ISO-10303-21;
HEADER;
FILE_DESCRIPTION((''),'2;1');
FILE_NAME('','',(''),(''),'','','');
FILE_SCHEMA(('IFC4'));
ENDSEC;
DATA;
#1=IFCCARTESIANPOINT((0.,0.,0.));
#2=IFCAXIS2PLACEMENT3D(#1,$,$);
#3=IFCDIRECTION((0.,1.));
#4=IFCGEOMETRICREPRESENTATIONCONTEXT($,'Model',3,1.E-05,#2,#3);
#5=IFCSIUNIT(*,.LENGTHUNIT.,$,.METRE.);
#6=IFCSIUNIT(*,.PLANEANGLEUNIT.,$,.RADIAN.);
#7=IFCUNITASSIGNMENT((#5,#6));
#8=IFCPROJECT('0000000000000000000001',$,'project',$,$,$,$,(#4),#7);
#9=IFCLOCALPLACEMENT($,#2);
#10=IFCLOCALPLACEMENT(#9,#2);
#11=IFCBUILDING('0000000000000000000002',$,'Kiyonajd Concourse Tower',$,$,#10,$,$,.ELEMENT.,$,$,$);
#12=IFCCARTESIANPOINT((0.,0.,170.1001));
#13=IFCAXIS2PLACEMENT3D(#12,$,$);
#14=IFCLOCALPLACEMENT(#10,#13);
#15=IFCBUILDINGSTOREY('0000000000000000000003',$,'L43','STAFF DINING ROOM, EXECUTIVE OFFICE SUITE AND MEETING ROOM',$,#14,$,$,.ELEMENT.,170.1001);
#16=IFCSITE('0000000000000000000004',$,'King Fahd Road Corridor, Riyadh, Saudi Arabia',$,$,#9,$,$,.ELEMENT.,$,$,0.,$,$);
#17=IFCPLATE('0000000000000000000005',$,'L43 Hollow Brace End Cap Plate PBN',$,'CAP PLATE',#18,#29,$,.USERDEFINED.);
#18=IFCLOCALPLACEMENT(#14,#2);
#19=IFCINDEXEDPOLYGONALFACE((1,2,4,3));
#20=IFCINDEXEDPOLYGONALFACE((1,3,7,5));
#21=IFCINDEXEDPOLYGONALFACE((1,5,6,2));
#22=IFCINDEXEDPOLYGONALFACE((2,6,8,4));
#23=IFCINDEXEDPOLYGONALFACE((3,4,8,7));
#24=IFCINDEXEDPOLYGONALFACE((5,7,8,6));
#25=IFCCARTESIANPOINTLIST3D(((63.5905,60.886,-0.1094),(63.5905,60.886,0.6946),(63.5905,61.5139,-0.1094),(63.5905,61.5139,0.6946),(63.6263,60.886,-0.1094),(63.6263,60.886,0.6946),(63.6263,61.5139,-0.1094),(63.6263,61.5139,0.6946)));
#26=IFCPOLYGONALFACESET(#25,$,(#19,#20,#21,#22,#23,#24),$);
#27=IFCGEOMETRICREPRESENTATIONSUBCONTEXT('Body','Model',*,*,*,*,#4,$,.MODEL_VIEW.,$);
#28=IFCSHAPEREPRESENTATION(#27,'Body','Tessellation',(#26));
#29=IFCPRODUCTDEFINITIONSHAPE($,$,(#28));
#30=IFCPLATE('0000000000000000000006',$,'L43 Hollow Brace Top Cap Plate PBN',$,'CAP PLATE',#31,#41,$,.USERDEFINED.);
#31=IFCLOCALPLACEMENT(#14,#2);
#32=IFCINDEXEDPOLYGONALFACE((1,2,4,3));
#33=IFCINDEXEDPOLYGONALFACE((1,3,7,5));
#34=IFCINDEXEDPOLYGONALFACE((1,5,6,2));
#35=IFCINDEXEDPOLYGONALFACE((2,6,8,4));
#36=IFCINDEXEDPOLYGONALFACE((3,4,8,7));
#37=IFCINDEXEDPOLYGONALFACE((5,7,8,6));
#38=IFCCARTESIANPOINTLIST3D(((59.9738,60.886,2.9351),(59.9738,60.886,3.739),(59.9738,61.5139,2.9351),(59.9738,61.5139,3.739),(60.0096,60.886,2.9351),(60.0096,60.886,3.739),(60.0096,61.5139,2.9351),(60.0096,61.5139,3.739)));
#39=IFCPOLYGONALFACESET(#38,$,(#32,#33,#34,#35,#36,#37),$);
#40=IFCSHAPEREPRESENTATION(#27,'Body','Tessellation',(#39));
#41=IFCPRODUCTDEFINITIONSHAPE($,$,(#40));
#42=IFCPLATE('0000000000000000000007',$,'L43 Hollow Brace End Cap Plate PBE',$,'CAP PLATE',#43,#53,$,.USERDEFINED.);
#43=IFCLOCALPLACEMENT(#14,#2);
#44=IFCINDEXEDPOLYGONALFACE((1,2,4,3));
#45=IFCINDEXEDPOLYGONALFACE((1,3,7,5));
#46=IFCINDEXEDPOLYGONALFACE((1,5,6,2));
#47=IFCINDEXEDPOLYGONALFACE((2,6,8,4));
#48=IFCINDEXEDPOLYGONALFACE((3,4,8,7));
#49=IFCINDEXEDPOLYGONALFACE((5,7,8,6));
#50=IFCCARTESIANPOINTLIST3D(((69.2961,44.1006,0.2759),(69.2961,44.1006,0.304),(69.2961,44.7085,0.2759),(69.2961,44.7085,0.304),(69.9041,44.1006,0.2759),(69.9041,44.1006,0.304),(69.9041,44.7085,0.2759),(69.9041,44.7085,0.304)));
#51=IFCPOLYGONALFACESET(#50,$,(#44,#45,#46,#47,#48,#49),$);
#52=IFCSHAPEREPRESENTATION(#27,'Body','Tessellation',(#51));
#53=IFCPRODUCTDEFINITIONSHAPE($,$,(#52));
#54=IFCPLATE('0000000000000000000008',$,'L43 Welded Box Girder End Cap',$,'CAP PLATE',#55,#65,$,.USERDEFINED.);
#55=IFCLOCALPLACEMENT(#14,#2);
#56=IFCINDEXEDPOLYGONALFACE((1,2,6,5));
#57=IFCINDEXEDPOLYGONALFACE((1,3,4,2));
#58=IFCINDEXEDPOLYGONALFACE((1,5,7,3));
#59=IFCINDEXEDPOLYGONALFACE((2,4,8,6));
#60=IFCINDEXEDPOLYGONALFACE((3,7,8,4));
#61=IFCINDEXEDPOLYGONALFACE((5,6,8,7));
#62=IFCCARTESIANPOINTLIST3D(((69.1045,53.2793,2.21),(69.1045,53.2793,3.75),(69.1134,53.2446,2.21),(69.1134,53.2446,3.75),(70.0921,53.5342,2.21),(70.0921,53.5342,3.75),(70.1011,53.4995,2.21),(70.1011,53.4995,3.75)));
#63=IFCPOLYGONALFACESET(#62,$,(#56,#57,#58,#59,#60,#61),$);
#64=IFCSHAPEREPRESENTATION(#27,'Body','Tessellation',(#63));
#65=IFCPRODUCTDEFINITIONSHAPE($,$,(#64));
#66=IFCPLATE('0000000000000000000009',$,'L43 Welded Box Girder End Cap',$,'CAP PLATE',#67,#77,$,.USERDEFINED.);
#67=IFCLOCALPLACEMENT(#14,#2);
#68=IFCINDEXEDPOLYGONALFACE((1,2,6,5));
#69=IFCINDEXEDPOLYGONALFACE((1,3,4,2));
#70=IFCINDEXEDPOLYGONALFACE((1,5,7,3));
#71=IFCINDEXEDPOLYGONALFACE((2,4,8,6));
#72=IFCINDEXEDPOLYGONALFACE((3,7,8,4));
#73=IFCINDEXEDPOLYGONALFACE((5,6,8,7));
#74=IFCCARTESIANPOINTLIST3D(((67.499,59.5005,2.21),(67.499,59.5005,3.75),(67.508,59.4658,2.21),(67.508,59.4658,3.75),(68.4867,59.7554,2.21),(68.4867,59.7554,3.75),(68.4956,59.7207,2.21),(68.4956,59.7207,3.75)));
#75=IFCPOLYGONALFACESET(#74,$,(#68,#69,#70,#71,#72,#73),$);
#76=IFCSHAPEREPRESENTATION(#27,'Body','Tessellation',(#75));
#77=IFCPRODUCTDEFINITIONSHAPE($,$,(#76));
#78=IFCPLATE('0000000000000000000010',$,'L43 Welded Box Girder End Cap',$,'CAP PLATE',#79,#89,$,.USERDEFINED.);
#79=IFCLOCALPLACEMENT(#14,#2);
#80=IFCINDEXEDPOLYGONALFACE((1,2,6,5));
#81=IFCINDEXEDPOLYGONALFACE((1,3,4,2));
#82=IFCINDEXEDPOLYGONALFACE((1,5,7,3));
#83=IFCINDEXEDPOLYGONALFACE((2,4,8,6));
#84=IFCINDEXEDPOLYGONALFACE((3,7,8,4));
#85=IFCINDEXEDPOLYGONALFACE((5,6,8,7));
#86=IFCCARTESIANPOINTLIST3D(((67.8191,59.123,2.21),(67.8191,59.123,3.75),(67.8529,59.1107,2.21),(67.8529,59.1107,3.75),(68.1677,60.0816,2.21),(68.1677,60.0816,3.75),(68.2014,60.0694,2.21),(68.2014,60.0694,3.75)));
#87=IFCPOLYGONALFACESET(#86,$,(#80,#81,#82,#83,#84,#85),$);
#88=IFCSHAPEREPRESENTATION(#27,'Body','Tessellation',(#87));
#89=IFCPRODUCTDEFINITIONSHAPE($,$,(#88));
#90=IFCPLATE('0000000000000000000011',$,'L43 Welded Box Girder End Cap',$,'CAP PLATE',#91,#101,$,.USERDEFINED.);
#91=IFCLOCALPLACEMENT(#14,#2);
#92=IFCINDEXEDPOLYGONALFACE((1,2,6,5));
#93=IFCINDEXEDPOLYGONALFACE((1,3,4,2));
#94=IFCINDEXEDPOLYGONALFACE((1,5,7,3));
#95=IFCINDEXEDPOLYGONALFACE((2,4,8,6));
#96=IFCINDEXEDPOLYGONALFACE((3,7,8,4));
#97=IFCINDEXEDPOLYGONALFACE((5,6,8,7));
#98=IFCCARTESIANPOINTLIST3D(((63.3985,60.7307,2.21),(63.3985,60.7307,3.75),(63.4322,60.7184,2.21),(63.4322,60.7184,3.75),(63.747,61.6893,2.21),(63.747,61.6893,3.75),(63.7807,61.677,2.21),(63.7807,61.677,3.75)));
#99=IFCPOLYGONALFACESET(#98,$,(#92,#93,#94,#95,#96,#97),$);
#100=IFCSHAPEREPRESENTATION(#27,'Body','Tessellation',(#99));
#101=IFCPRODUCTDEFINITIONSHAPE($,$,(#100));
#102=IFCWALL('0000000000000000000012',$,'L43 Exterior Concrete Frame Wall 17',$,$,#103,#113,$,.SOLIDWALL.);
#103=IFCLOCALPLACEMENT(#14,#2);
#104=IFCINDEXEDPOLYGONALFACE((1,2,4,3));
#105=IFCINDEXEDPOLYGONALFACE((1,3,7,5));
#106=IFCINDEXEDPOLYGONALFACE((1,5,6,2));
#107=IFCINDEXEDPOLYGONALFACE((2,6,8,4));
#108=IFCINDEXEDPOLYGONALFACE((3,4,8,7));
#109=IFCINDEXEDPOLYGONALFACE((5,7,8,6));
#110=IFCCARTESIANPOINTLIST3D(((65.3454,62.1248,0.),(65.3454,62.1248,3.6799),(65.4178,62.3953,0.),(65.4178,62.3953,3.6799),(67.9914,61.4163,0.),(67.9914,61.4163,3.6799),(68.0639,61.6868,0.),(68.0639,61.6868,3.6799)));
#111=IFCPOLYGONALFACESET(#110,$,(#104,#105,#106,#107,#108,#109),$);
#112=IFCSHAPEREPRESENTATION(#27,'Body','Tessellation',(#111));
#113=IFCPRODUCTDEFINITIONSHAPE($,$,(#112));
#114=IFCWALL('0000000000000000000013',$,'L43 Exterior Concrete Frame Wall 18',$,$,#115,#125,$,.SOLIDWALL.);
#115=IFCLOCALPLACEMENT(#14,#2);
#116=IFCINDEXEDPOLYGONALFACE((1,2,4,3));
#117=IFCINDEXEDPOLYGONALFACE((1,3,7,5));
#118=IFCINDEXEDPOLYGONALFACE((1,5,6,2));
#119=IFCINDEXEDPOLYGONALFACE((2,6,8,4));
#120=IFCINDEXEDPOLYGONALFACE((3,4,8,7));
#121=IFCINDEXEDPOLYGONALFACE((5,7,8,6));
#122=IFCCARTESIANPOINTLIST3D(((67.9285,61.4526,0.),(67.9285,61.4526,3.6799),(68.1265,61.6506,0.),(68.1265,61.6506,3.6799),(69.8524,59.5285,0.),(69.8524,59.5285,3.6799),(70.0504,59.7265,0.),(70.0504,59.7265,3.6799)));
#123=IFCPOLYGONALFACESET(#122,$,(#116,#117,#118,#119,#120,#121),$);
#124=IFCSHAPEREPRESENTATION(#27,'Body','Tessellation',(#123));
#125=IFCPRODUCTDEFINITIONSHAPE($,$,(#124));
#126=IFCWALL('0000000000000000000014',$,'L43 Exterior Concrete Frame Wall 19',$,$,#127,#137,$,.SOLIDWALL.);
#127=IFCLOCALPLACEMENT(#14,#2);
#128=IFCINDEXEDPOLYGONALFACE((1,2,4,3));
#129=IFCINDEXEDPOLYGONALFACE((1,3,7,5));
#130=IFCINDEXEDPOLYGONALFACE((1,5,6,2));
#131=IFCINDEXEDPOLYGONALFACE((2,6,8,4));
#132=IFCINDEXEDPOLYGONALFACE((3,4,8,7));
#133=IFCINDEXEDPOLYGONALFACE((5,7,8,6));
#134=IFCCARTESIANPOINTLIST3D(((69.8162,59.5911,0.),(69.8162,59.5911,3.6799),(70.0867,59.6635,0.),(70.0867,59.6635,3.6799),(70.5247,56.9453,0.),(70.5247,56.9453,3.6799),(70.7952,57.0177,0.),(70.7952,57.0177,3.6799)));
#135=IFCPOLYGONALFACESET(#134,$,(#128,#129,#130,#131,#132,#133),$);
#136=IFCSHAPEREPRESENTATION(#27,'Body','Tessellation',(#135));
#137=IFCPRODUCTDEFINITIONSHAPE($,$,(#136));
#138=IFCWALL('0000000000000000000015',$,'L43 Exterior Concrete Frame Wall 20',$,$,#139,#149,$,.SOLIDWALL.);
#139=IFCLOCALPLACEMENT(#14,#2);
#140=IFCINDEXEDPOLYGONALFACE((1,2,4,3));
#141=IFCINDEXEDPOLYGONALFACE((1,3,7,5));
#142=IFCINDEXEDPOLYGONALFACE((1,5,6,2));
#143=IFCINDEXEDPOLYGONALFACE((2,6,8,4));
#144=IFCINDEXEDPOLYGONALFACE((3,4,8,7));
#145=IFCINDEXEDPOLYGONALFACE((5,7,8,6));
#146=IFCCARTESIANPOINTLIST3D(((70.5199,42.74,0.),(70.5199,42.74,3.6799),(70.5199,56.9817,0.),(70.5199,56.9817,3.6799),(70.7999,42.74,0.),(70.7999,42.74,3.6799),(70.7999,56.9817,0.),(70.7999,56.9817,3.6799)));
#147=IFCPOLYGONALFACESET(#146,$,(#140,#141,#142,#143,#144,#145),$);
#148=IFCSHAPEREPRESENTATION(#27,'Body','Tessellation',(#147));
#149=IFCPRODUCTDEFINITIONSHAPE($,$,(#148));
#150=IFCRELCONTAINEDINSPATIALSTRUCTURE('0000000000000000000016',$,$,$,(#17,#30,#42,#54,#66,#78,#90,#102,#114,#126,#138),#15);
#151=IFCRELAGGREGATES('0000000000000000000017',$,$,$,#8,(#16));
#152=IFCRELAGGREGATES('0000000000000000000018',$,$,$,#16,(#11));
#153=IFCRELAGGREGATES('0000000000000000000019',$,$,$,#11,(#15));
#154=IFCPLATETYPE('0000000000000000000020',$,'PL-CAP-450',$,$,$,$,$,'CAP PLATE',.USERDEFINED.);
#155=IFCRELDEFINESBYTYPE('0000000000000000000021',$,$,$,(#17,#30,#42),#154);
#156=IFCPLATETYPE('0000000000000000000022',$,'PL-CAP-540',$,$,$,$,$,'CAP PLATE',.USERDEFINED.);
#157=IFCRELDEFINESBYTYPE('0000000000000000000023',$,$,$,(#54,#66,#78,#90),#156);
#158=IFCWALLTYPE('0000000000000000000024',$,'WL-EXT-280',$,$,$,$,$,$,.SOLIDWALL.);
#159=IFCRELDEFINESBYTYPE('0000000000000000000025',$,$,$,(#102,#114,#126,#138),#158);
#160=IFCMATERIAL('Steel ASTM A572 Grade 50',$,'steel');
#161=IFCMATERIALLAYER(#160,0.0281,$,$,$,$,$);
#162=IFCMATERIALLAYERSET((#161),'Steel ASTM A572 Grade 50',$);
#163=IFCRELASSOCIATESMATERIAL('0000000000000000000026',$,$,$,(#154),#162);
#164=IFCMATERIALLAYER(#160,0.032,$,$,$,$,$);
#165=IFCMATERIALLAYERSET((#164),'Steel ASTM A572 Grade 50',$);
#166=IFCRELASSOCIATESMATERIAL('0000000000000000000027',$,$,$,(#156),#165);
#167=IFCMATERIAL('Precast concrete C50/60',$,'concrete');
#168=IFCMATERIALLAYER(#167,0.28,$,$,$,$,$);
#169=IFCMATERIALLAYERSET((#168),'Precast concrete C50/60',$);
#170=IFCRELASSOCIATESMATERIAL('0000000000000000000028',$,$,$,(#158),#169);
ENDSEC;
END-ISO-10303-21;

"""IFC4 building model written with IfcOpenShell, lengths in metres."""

from ifc_helpers import new_model, si_unit, direction, frame, frame_2d, origin, origin_2d, place, context, subcontext, project, spatial, rectangle, extrude, material, layer, layer_set, type_object, element, save


model = new_model("IFC4")

# Units and contexts
model_context = context("Model", 3, precision=1e-05, world=origin(), true_north=direction((0.0, 1.0)))
body_context = subcontext(model_context, "Body", "Model", "MODEL_VIEW")
ifc_project = project(units=[si_unit("LENGTHUNIT", "METRE"), si_unit("PLANEANGLEUNIT", "RADIAN")], contexts=[model_context])

# Site, building, storey
site_placement = place(None, origin())
site = spatial("IfcSite", under=ifc_project, at=site_placement, Name="King Fahd Road Corridor, Riyadh, Saudi Arabia", CompositionType="ELEMENT", RefElevation=0.0)
building_placement = place(site_placement, origin())
building = spatial("IfcBuilding", under=site, at=building_placement, Name="Kiyonajd Concourse Tower", CompositionType="ELEMENT")
storey_placement = place(building_placement, frame((0.0, 0.0, 170.1001)))
storey = spatial("IfcBuildingStorey", under=building, at=storey_placement, Name="L43", Description="STAFF DINING ROOM, EXECUTIVE OFFICE SUITE AND MEETING ROOM", CompositionType="ELEMENT", Elevation=170.1001)

# Shared definitions
ifc_material_1 = material(Name="Steel ASTM A572 Grade 50", Category="steel")

# Plates
ifc_layer_1 = layer(ifc_material_1, 0.0281)
ifc_layer_set_1 = layer_set([ifc_layer_1], Name="Steel ASTM A572 Grade 50")
plate_type_1 = type_object("IfcPlateType", Name="PL-CAP-450", ElementType="CAP PLATE", PredefinedType="USERDEFINED", material=ifc_layer_set_1)
for number, where, z_axis, x_axis, name in (
    (1, (63.6084, 61.2, -0.1094), (0.0, 0.0, 1.0), (1.0, 0.0, 0.0), "L43 Hollow Brace End Cap Plate PBN"),
    (2, (59.9917, 61.2, 2.9351), (0.0, 0.0, 1.0), (-1.0, 0.0, 0.0), "L43 Hollow Brace Top Cap Plate PBN"),
):
    element("IfcPlate", number, at=place(storey_placement, frame(where, z_axis=z_axis, x_axis=x_axis)), inside=storey, type_object=plate_type_1, Name=name, ObjectType="CAP PLATE", PredefinedType="USERDEFINED", context=body_context, shape_type="SweptSolid", body=[
        extrude(rectangle(XDim=0.0359, YDim=0.6279, at=origin_2d()), origin(), (0.0, 0.0, 1.0), 0.804),
    ])
plate_placement = place(storey_placement, frame((69.6001, 44.4045, 0.2759), z_axis=(0.0, 0.0, 1.0), x_axis=(1.0, 0.0, 0.0)))
element("IfcPlate", 3, at=plate_placement, inside=storey, type_object=plate_type_1, Name="L43 Hollow Brace End Cap Plate PBE", ObjectType="CAP PLATE", PredefinedType="USERDEFINED", context=body_context, shape_type="SweptSolid", body=[
    extrude(rectangle(XDim=0.6079, YDim=0.6079, at=origin_2d()), origin(), (0.0, 0.0, 1.0), 0.0281),
])
ifc_layer_2 = layer(ifc_material_1, 0.032)
ifc_layer_set_2 = layer_set([ifc_layer_2], Name="Steel ASTM A572 Grade 50")
plate_type_2 = type_object("IfcPlateType", Name="PL-CAP-540", ElementType="CAP PLATE", PredefinedType="USERDEFINED", material=ifc_layer_set_2)
for number, where, z_axis, x_axis, name in (
    (4, (69.6028, 53.3894, 2.21), (0.0, 0.0, 1.0), (0.249873, -0.968279, 0.0), "L43 Welded Box Girder End Cap"),
    (5, (67.9973, 59.6106, 2.21), (0.0, 0.0, 1.0), (-0.249873, 0.968279, 0.0), "L43 Welded Box Girder End Cap"),
    (6, (68.0103, 59.5962, 2.21), (0.0, 0.0, 1.0), (0.939812, -0.341692, 0.0), "L43 Welded Box Girder End Cap"),
    (7, (63.5896, 61.2039, 2.21), (0.0, 0.0, 1.0), (-0.939812, 0.341692, 0.0), "L43 Welded Box Girder End Cap"),
):
    element("IfcPlate", number, at=place(storey_placement, frame(where, z_axis=z_axis, x_axis=x_axis)), inside=storey, type_object=plate_type_2, Name=name, ObjectType="CAP PLATE", PredefinedType="USERDEFINED", context=body_context, shape_type="SweptSolid", body=[
        extrude(rectangle(XDim=0.0359, YDim=1.02, at=origin_2d()), origin(), (0.0, 0.0, 1.0), 1.54),
    ])

# Walls
ifc_material_2 = material(Name="Precast concrete C50/60", Category="concrete")
ifc_layer_3 = layer(ifc_material_2, 0.28)
ifc_layer_set_3 = layer_set([ifc_layer_3], Name="Precast concrete C50/60")
wall_type = type_object("IfcWallType", Name="WL-EXT-280", PredefinedType="SOLIDWALL", material=ifc_layer_set_3)
wall_1_placement = place(storey_placement, frame((65.3816, 62.26, 0.0), z_axis=(0.0, 0.0, 1.0), x_axis=(0.965971, -0.25865, 0.0)))
element("IfcWall", 8, at=wall_1_placement, inside=storey, type_object=wall_type, Name="L43 Exterior Concrete Frame Wall 17", PredefinedType="SOLIDWALL", context=body_context, shape_type="SweptSolid", body=[
    extrude(rectangle(XDim=2.7393, YDim=0.28, at=frame_2d((1.3696, 0.0))), origin(), (0.0, 0.0, 1.0), 3.6799),
])
wall_2_placement = place(storey_placement, frame((68.0276, 61.5515, 0.0), z_axis=(0.0, 0.0, 1.0), x_axis=(0.707062, -0.707152, 0.0)))
element("IfcWall", 9, at=wall_2_placement, inside=storey, type_object=wall_type, Name="L43 Exterior Concrete Frame Wall 18", PredefinedType="SOLIDWALL", context=body_context, shape_type="SweptSolid", body=[
    extrude(rectangle(XDim=2.7209, YDim=0.28, at=frame_2d((1.3604, 0.0))), origin(), (0.0, 0.0, 1.0), 3.6799),
])
wall_3_placement = place(storey_placement, frame((69.9514, 59.6274, 0.0), z_axis=(0.0, 0.0, 1.0), x_axis=(0.258672, -0.965965, 0.0)))
element("IfcWall", 10, at=wall_3_placement, inside=storey, type_object=wall_type, Name="L43 Exterior Concrete Frame Wall 19", PredefinedType="SOLIDWALL", context=body_context, shape_type="SweptSolid", body=[
    extrude(rectangle(XDim=2.739, YDim=0.28, at=frame_2d((1.3696, 0.0))), origin(), (0.0, 0.0, 1.0), 3.6799),
])
wall_4_placement = place(storey_placement, frame((70.6599, 56.9817, 0.0), z_axis=(0.0, 0.0, 1.0), x_axis=(0.0, -1.0, 0.0)))
element("IfcWall", 11, at=wall_4_placement, inside=storey, type_object=wall_type, Name="L43 Exterior Concrete Frame Wall 20", PredefinedType="SOLIDWALL", context=body_context, shape_type="SweptSolid", body=[
    extrude(rectangle(XDim=14.2417, YDim=0.28, at=frame_2d((7.1208, 0.0))), origin(), (0.0, 0.0, 1.0), 3.6799),
])

save(model, "model.ifc")
